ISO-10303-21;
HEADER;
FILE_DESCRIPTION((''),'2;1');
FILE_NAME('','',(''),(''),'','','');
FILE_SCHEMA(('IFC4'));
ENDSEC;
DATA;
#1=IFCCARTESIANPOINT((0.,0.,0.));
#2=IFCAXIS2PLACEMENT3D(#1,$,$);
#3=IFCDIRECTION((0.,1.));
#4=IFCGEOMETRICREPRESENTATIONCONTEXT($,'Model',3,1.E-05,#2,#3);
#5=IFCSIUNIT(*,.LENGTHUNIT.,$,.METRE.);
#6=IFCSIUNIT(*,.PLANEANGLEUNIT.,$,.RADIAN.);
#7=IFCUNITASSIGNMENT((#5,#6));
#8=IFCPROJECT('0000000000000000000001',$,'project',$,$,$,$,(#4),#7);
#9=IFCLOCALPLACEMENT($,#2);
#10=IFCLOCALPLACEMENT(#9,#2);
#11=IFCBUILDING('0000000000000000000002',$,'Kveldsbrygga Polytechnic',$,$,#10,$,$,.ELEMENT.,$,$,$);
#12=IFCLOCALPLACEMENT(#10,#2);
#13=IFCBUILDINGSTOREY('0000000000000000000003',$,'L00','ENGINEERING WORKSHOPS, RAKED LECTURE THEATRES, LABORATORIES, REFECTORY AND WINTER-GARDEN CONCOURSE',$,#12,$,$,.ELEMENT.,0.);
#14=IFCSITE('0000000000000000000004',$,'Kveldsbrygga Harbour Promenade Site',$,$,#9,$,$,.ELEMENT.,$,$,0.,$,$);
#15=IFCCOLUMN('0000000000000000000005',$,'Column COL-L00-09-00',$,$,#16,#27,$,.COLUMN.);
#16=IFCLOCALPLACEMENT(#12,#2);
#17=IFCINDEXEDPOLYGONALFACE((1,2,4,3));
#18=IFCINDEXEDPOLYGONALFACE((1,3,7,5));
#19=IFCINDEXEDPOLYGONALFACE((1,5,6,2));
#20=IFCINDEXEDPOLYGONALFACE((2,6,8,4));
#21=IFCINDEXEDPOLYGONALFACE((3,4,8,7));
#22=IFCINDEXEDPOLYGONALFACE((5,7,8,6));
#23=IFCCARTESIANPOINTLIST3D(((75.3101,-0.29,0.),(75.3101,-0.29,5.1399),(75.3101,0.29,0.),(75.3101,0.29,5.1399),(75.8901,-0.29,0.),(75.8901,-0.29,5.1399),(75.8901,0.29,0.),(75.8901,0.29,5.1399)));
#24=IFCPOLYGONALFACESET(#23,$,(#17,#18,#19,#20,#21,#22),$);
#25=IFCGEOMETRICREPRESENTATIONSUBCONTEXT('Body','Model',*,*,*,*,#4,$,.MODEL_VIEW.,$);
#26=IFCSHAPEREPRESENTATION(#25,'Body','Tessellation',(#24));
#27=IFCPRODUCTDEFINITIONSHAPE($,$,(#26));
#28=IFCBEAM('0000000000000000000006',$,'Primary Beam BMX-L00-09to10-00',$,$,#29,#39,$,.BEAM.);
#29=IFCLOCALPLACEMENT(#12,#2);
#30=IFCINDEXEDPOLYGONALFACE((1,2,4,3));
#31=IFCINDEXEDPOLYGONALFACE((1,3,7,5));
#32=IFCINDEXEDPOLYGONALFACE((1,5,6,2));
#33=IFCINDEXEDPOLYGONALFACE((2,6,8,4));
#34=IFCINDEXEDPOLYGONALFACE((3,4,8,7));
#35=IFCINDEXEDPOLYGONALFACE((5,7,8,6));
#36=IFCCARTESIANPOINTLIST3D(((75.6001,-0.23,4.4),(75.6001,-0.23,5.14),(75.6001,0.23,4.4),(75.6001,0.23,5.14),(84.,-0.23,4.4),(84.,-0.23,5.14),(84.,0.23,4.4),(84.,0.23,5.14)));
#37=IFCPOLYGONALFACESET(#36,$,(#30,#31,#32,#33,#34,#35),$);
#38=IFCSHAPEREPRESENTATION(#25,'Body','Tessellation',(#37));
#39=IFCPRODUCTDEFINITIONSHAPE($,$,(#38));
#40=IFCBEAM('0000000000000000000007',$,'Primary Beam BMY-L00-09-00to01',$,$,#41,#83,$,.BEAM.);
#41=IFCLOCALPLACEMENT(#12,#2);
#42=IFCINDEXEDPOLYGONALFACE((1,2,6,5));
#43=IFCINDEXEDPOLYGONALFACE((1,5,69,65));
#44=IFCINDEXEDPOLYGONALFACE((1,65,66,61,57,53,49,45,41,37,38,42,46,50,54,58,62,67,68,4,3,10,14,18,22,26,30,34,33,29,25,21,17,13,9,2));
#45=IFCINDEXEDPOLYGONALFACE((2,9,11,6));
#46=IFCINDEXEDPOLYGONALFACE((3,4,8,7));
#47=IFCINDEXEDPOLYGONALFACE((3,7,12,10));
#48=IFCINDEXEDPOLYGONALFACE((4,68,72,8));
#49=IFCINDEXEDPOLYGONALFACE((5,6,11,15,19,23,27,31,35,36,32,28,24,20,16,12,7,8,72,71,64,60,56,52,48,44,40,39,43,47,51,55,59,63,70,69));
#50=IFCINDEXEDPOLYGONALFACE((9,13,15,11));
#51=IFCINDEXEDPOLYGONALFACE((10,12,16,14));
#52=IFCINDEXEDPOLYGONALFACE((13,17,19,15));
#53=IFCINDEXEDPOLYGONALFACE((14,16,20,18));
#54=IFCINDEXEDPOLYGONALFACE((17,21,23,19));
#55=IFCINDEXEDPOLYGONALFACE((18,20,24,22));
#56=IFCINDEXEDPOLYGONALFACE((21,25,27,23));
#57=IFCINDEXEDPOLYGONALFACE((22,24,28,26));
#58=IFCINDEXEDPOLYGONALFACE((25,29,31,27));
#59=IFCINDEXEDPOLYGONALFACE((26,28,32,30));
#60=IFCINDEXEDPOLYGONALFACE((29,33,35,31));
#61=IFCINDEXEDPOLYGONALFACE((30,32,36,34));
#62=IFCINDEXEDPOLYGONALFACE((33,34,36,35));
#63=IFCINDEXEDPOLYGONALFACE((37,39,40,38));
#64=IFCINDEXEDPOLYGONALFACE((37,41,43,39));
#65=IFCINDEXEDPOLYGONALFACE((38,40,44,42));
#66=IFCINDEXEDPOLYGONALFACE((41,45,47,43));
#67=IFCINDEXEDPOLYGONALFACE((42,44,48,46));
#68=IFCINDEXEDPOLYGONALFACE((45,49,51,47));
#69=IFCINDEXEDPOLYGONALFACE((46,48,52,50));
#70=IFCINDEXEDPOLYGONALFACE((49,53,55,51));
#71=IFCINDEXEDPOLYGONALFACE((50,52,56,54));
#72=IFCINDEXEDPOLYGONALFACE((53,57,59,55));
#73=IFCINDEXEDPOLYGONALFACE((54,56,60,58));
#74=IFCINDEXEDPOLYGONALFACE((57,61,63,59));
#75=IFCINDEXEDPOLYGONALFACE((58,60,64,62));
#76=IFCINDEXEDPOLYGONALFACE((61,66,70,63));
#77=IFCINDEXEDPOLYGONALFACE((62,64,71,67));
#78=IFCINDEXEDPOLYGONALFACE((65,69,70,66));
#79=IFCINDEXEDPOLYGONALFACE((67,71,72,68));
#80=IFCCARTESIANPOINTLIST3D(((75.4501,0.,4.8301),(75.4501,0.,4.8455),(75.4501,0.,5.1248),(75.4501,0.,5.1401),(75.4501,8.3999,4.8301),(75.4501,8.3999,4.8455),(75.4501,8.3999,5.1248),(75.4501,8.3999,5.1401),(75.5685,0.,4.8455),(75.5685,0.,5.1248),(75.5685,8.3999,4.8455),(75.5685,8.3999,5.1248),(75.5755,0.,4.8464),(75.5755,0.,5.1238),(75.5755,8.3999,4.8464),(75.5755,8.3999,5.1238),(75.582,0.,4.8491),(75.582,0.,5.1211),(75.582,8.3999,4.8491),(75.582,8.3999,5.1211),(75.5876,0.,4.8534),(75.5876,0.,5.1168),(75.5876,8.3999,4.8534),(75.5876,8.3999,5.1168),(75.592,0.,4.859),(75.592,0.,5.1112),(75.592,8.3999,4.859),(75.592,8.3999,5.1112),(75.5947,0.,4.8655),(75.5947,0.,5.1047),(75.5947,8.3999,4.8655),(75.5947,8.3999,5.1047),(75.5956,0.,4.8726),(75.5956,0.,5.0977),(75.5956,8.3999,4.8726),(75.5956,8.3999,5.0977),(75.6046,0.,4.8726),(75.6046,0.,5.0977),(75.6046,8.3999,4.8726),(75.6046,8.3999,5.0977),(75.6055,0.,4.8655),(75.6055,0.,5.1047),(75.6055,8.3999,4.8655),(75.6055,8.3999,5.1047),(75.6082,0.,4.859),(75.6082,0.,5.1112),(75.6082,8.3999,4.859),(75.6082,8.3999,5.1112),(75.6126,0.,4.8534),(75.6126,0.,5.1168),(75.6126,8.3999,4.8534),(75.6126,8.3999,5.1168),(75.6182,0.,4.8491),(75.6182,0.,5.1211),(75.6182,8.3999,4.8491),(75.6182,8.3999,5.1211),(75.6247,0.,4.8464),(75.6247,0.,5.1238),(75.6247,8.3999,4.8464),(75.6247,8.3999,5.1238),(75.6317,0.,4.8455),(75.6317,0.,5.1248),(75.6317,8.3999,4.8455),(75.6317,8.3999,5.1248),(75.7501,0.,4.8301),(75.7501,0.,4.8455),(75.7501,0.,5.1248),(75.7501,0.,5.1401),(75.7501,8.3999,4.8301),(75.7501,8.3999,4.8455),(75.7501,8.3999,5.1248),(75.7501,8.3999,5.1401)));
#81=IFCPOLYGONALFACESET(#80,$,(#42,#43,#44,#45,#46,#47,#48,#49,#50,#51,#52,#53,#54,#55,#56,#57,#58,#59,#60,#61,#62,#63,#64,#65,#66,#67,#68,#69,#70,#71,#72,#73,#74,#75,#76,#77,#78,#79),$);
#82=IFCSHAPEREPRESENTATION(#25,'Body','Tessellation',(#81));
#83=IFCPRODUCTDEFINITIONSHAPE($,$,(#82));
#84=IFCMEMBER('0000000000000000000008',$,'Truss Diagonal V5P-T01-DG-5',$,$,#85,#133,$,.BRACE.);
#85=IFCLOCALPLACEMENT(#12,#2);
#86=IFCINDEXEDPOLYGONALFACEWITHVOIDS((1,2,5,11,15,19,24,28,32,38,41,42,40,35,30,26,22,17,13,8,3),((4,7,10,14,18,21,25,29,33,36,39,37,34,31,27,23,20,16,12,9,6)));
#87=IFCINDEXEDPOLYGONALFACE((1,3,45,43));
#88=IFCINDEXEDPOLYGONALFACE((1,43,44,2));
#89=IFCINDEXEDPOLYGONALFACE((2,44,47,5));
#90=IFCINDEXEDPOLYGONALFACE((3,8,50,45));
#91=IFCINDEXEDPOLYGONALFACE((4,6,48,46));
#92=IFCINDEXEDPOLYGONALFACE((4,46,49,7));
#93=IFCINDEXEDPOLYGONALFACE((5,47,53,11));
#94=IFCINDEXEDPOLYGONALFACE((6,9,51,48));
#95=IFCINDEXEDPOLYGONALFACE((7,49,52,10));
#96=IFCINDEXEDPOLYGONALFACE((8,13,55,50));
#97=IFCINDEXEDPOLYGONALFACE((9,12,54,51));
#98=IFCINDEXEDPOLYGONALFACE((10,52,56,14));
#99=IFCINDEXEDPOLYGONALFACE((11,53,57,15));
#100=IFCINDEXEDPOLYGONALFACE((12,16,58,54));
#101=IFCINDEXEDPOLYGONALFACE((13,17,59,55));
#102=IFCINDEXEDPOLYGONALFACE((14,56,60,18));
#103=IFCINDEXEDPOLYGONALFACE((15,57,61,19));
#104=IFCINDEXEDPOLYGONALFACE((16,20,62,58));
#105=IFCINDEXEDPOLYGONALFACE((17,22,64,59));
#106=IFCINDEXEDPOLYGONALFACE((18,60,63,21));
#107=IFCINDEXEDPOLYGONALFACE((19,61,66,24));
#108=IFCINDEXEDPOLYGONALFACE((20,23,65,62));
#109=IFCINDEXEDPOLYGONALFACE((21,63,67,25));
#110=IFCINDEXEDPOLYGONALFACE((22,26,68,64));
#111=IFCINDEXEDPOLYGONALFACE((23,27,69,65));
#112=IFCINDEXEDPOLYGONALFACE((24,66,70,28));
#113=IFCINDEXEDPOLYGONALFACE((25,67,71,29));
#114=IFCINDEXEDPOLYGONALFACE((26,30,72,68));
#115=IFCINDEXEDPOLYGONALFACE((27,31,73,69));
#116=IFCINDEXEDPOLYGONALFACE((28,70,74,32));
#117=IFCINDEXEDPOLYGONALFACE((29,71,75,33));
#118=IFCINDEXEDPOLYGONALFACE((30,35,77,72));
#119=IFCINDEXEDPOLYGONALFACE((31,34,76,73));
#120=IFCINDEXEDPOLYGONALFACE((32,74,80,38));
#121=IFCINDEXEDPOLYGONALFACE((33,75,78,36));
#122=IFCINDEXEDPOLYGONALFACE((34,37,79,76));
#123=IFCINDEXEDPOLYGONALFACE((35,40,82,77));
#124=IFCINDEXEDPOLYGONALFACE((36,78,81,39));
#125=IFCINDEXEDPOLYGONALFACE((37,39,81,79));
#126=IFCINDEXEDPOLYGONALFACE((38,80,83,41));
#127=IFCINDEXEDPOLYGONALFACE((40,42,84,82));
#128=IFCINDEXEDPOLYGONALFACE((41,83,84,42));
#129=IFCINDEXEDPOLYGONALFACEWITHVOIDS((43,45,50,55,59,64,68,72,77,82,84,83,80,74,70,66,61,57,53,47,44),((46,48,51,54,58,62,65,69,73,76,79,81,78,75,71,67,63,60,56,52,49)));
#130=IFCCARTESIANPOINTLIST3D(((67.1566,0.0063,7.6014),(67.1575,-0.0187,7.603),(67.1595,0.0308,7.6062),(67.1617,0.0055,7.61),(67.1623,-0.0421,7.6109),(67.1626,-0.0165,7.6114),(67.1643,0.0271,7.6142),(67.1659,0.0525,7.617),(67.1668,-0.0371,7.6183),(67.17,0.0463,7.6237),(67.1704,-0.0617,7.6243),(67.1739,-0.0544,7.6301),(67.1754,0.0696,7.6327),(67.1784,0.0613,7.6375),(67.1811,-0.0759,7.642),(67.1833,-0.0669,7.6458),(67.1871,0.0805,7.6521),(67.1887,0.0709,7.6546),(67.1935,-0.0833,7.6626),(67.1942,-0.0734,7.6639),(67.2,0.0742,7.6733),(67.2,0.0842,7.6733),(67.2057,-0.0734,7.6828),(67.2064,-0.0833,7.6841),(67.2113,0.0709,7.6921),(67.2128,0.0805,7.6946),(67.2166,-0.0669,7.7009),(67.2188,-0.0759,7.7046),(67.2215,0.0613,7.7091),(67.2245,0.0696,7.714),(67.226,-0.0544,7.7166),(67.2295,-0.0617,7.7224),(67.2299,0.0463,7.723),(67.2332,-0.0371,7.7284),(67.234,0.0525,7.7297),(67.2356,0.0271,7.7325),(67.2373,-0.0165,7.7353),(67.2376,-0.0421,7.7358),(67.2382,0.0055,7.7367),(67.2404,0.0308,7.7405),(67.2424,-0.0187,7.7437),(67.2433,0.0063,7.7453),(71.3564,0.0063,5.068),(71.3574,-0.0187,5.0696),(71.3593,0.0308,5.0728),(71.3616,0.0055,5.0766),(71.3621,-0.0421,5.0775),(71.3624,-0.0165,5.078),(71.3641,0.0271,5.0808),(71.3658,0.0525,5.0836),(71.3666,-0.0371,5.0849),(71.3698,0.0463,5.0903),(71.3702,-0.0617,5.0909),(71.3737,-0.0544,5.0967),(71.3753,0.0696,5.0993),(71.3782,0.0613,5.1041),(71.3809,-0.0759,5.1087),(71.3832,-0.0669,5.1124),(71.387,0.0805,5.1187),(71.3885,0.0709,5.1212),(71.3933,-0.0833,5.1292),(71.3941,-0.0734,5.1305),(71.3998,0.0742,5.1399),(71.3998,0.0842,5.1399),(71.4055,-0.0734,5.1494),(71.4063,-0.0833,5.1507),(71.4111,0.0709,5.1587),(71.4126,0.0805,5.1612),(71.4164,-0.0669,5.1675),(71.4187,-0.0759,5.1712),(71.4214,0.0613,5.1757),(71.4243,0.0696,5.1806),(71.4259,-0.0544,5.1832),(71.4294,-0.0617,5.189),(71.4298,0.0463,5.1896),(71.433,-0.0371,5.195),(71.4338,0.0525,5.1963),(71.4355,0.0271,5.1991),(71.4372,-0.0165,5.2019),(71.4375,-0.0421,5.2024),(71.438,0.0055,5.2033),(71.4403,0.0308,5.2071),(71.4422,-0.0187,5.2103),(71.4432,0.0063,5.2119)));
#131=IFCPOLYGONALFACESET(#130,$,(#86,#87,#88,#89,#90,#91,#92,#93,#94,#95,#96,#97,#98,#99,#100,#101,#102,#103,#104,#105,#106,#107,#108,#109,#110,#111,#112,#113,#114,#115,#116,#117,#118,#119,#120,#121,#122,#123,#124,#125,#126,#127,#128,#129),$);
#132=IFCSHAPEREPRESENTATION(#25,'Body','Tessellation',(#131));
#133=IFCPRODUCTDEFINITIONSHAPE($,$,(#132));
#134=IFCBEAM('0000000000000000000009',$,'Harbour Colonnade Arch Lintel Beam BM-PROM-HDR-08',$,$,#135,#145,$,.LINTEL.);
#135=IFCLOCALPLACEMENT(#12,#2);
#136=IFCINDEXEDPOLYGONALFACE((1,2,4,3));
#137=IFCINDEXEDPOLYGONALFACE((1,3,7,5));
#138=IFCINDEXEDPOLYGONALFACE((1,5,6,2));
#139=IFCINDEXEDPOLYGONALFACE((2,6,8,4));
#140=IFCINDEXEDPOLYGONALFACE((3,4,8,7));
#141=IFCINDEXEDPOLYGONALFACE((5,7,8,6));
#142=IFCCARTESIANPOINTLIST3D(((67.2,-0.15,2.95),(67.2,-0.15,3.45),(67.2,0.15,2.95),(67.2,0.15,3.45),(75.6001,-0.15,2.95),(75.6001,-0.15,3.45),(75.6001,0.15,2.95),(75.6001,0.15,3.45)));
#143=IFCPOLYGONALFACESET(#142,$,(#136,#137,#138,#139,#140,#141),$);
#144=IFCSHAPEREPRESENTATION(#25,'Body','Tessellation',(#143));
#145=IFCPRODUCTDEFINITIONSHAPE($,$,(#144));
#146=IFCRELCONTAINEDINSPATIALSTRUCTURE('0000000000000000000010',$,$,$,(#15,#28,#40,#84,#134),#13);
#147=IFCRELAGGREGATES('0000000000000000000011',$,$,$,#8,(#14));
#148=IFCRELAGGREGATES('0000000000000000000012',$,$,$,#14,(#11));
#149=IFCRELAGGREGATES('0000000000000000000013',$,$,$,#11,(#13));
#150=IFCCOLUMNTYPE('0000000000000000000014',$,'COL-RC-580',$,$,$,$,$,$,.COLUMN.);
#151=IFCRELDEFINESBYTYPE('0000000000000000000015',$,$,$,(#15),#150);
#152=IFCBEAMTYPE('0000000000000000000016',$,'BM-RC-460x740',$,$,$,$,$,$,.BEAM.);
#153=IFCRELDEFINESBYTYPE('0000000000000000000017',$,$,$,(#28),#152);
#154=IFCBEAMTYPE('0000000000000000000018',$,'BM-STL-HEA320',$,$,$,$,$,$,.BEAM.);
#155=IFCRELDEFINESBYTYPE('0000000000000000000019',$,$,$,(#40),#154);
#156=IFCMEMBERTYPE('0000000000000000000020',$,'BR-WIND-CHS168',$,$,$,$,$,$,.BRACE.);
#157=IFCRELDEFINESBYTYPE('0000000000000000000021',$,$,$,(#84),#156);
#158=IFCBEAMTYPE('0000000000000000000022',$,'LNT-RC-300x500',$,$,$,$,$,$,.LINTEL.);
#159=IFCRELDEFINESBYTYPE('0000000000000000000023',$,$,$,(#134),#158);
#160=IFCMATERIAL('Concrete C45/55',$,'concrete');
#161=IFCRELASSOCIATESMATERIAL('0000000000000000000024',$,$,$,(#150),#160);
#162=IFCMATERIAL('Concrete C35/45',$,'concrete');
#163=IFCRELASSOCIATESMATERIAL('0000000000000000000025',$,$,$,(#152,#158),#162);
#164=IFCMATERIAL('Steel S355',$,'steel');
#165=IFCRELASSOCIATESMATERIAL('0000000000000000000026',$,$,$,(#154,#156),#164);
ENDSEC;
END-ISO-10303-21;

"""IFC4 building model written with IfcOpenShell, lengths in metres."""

from ifc_helpers import new_model, si_unit, direction, frame, origin, origin_2d, place, context, subcontext, project, spatial, rectangle, hollow_circle, i_section, extrude, material, material_profile, profile_set, type_object, element, save


model = new_model("IFC4")

# Units and contexts
model_context = context("Model", 3, precision=1e-05, world=origin(), true_north=direction((0.0, 1.0)))
body_context = subcontext(model_context, "Body", "Model", "MODEL_VIEW")
ifc_project = project(units=[si_unit("LENGTHUNIT", "METRE"), si_unit("PLANEANGLEUNIT", "RADIAN")], contexts=[model_context])

# Site, building, storey
site_placement = place(None, origin())
site = spatial("IfcSite", under=ifc_project, at=site_placement, Name="Kveldsbrygga Harbour Promenade Site", CompositionType="ELEMENT", RefElevation=0.0)
building_placement = place(site_placement, origin())
building = spatial("IfcBuilding", under=site, at=building_placement, Name="Kveldsbrygga Polytechnic", CompositionType="ELEMENT")
storey_placement = place(building_placement, origin())
storey = spatial("IfcBuildingStorey", under=building, at=storey_placement, Name="L00", Description="ENGINEERING WORKSHOPS, RAKED LECTURE THEATRES, LABORATORIES, REFECTORY AND WINTER-GARDEN CONCOURSE", CompositionType="ELEMENT", Elevation=0.0)

# Shared definitions
ifc_material_1 = material(Name="Concrete C45/55", Category="concrete")
ifc_material_2 = material(Name="Concrete C35/45", Category="concrete")

# Column
ifc_material_profile_1 = material_profile(ifc_material_1, rectangle(XDim=0.5801, YDim=0.5801, at=origin_2d()), Name="RC 580x580")
ifc_profile_set_1 = profile_set([ifc_material_profile_1], Name="Concrete C45/55")
column_type_1 = type_object("IfcColumnType", Name="COL-RC-580", PredefinedType="COLUMN", material=ifc_profile_set_1)
column_1_placement = place(storey_placement, frame((75.6001, 0.0, 0.0), z_axis=(0.0, 0.0, 1.0), x_axis=(1.0, 0.0, 0.0)))
element("IfcColumn", 1, at=column_1_placement, inside=storey, type_object=column_type_1, Name="Column COL-L00-09-00", PredefinedType="COLUMN", context=body_context, shape_type="SweptSolid", body=[
    extrude(rectangle(XDim=0.5801, YDim=0.5801, at=origin_2d()), origin(), (0.0, 0.0, 1.0), 5.1399),
])

# Beams
ifc_material_profile_2 = material_profile(ifc_material_2, rectangle(XDim=0.46, YDim=0.74, at=origin_2d()), Name="RC 460x740")
ifc_profile_set_2 = profile_set([ifc_material_profile_2], Name="Concrete C35/45")
beam_type_1 = type_object("IfcBeamType", Name="BM-RC-460x740", PredefinedType="BEAM", material=ifc_profile_set_2)
beam_1_placement = place(storey_placement, frame((75.6001, 0.0, 4.77), z_axis=(1.0, 0.0, 0.0), x_axis=(0.0, 1.0, 0.0)))
element("IfcBeam", 2, at=beam_1_placement, inside=storey, type_object=beam_type_1, Name="Primary Beam BMX-L00-09to10-00", PredefinedType="BEAM", context=body_context, shape_type="SweptSolid", body=[
    extrude(rectangle(XDim=0.46, YDim=0.74, at=origin_2d()), origin(), (0.0, 0.0, 1.0), 8.3999),
])
ifc_material_3 = material(Name="Steel S355", Category="steel")
ifc_material_profile_3 = material_profile(ifc_material_3, i_section(OverallWidth=0.3, OverallDepth=0.3101, WebThickness=0.009, FlangeThickness=0.0154, FilletRadius=0.0271, at=origin_2d()), Name="HEA 320")
ifc_profile_set_3 = profile_set([ifc_material_profile_3], Name="Steel S355")
beam_type_2 = type_object("IfcBeamType", Name="BM-STL-HEA320", PredefinedType="BEAM", material=ifc_profile_set_3)
beam_2_placement = place(storey_placement, frame((75.6001, 0.0, 4.9851), z_axis=(0.0, 1.0, 0.0), x_axis=(-1.0, 0.0, 0.0)))
element("IfcBeam", 3, at=beam_2_placement, inside=storey, type_object=beam_type_2, Name="Primary Beam BMY-L00-09-00to01", PredefinedType="BEAM", context=body_context, shape_type="SweptSolid", body=[
    extrude(i_section(OverallWidth=0.3, OverallDepth=0.3101, WebThickness=0.009, FlangeThickness=0.0154, FilletRadius=0.0271, at=origin_2d()), origin(), (0.0, 0.0, 1.0), 8.3999),
])

# Member
ifc_material_profile_4 = material_profile(ifc_material_3, hollow_circle(Radius=0.0842, WallThickness=0.01, at=origin_2d()), Name="CHS 168.3x10.0")
ifc_profile_set_4 = profile_set([ifc_material_profile_4], Name="Steel S355")
member_type_1 = type_object("IfcMemberType", Name="BR-WIND-CHS168", PredefinedType="BRACE", material=ifc_profile_set_4)
member_1_placement = place(storey_placement, frame((67.2, 0.0, 7.6733), z_axis=(0.856278, 0.0, -0.516515), x_axis=(0.0, 1.0, 0.0)))
element("IfcMember", 4, at=member_1_placement, inside=storey, type_object=member_type_1, Name="Truss Diagonal V5P-T01-DG-5", PredefinedType="BRACE", context=body_context, shape_type="SweptSolid", body=[
    extrude(hollow_circle(Radius=0.0842, WallThickness=0.01, at=origin_2d()), origin(), (0.0, 0.0, 1.0), 4.9048),
])

# Beam
ifc_material_profile_5 = material_profile(ifc_material_2, rectangle(XDim=0.3, YDim=0.5, at=origin_2d()), Name="RC 300x500")
ifc_profile_set_5 = profile_set([ifc_material_profile_5], Name="Concrete C35/45")
beam_type_3 = type_object("IfcBeamType", Name="LNT-RC-300x500", PredefinedType="LINTEL", material=ifc_profile_set_5)
beam_3_placement = place(storey_placement, frame((67.2, 0.0, 3.2), z_axis=(1.0, 0.0, 0.0), x_axis=(0.0, 1.0, 0.0)))
element("IfcBeam", 5, at=beam_3_placement, inside=storey, type_object=beam_type_3, Name="Harbour Colonnade Arch Lintel Beam BM-PROM-HDR-08", PredefinedType="LINTEL", context=body_context, shape_type="SweptSolid", body=[
    extrude(rectangle(XDim=0.3, YDim=0.5, at=origin_2d()), origin(), (0.0, 0.0, 1.0), 8.4001),
])

save(model, "model.ifc")
